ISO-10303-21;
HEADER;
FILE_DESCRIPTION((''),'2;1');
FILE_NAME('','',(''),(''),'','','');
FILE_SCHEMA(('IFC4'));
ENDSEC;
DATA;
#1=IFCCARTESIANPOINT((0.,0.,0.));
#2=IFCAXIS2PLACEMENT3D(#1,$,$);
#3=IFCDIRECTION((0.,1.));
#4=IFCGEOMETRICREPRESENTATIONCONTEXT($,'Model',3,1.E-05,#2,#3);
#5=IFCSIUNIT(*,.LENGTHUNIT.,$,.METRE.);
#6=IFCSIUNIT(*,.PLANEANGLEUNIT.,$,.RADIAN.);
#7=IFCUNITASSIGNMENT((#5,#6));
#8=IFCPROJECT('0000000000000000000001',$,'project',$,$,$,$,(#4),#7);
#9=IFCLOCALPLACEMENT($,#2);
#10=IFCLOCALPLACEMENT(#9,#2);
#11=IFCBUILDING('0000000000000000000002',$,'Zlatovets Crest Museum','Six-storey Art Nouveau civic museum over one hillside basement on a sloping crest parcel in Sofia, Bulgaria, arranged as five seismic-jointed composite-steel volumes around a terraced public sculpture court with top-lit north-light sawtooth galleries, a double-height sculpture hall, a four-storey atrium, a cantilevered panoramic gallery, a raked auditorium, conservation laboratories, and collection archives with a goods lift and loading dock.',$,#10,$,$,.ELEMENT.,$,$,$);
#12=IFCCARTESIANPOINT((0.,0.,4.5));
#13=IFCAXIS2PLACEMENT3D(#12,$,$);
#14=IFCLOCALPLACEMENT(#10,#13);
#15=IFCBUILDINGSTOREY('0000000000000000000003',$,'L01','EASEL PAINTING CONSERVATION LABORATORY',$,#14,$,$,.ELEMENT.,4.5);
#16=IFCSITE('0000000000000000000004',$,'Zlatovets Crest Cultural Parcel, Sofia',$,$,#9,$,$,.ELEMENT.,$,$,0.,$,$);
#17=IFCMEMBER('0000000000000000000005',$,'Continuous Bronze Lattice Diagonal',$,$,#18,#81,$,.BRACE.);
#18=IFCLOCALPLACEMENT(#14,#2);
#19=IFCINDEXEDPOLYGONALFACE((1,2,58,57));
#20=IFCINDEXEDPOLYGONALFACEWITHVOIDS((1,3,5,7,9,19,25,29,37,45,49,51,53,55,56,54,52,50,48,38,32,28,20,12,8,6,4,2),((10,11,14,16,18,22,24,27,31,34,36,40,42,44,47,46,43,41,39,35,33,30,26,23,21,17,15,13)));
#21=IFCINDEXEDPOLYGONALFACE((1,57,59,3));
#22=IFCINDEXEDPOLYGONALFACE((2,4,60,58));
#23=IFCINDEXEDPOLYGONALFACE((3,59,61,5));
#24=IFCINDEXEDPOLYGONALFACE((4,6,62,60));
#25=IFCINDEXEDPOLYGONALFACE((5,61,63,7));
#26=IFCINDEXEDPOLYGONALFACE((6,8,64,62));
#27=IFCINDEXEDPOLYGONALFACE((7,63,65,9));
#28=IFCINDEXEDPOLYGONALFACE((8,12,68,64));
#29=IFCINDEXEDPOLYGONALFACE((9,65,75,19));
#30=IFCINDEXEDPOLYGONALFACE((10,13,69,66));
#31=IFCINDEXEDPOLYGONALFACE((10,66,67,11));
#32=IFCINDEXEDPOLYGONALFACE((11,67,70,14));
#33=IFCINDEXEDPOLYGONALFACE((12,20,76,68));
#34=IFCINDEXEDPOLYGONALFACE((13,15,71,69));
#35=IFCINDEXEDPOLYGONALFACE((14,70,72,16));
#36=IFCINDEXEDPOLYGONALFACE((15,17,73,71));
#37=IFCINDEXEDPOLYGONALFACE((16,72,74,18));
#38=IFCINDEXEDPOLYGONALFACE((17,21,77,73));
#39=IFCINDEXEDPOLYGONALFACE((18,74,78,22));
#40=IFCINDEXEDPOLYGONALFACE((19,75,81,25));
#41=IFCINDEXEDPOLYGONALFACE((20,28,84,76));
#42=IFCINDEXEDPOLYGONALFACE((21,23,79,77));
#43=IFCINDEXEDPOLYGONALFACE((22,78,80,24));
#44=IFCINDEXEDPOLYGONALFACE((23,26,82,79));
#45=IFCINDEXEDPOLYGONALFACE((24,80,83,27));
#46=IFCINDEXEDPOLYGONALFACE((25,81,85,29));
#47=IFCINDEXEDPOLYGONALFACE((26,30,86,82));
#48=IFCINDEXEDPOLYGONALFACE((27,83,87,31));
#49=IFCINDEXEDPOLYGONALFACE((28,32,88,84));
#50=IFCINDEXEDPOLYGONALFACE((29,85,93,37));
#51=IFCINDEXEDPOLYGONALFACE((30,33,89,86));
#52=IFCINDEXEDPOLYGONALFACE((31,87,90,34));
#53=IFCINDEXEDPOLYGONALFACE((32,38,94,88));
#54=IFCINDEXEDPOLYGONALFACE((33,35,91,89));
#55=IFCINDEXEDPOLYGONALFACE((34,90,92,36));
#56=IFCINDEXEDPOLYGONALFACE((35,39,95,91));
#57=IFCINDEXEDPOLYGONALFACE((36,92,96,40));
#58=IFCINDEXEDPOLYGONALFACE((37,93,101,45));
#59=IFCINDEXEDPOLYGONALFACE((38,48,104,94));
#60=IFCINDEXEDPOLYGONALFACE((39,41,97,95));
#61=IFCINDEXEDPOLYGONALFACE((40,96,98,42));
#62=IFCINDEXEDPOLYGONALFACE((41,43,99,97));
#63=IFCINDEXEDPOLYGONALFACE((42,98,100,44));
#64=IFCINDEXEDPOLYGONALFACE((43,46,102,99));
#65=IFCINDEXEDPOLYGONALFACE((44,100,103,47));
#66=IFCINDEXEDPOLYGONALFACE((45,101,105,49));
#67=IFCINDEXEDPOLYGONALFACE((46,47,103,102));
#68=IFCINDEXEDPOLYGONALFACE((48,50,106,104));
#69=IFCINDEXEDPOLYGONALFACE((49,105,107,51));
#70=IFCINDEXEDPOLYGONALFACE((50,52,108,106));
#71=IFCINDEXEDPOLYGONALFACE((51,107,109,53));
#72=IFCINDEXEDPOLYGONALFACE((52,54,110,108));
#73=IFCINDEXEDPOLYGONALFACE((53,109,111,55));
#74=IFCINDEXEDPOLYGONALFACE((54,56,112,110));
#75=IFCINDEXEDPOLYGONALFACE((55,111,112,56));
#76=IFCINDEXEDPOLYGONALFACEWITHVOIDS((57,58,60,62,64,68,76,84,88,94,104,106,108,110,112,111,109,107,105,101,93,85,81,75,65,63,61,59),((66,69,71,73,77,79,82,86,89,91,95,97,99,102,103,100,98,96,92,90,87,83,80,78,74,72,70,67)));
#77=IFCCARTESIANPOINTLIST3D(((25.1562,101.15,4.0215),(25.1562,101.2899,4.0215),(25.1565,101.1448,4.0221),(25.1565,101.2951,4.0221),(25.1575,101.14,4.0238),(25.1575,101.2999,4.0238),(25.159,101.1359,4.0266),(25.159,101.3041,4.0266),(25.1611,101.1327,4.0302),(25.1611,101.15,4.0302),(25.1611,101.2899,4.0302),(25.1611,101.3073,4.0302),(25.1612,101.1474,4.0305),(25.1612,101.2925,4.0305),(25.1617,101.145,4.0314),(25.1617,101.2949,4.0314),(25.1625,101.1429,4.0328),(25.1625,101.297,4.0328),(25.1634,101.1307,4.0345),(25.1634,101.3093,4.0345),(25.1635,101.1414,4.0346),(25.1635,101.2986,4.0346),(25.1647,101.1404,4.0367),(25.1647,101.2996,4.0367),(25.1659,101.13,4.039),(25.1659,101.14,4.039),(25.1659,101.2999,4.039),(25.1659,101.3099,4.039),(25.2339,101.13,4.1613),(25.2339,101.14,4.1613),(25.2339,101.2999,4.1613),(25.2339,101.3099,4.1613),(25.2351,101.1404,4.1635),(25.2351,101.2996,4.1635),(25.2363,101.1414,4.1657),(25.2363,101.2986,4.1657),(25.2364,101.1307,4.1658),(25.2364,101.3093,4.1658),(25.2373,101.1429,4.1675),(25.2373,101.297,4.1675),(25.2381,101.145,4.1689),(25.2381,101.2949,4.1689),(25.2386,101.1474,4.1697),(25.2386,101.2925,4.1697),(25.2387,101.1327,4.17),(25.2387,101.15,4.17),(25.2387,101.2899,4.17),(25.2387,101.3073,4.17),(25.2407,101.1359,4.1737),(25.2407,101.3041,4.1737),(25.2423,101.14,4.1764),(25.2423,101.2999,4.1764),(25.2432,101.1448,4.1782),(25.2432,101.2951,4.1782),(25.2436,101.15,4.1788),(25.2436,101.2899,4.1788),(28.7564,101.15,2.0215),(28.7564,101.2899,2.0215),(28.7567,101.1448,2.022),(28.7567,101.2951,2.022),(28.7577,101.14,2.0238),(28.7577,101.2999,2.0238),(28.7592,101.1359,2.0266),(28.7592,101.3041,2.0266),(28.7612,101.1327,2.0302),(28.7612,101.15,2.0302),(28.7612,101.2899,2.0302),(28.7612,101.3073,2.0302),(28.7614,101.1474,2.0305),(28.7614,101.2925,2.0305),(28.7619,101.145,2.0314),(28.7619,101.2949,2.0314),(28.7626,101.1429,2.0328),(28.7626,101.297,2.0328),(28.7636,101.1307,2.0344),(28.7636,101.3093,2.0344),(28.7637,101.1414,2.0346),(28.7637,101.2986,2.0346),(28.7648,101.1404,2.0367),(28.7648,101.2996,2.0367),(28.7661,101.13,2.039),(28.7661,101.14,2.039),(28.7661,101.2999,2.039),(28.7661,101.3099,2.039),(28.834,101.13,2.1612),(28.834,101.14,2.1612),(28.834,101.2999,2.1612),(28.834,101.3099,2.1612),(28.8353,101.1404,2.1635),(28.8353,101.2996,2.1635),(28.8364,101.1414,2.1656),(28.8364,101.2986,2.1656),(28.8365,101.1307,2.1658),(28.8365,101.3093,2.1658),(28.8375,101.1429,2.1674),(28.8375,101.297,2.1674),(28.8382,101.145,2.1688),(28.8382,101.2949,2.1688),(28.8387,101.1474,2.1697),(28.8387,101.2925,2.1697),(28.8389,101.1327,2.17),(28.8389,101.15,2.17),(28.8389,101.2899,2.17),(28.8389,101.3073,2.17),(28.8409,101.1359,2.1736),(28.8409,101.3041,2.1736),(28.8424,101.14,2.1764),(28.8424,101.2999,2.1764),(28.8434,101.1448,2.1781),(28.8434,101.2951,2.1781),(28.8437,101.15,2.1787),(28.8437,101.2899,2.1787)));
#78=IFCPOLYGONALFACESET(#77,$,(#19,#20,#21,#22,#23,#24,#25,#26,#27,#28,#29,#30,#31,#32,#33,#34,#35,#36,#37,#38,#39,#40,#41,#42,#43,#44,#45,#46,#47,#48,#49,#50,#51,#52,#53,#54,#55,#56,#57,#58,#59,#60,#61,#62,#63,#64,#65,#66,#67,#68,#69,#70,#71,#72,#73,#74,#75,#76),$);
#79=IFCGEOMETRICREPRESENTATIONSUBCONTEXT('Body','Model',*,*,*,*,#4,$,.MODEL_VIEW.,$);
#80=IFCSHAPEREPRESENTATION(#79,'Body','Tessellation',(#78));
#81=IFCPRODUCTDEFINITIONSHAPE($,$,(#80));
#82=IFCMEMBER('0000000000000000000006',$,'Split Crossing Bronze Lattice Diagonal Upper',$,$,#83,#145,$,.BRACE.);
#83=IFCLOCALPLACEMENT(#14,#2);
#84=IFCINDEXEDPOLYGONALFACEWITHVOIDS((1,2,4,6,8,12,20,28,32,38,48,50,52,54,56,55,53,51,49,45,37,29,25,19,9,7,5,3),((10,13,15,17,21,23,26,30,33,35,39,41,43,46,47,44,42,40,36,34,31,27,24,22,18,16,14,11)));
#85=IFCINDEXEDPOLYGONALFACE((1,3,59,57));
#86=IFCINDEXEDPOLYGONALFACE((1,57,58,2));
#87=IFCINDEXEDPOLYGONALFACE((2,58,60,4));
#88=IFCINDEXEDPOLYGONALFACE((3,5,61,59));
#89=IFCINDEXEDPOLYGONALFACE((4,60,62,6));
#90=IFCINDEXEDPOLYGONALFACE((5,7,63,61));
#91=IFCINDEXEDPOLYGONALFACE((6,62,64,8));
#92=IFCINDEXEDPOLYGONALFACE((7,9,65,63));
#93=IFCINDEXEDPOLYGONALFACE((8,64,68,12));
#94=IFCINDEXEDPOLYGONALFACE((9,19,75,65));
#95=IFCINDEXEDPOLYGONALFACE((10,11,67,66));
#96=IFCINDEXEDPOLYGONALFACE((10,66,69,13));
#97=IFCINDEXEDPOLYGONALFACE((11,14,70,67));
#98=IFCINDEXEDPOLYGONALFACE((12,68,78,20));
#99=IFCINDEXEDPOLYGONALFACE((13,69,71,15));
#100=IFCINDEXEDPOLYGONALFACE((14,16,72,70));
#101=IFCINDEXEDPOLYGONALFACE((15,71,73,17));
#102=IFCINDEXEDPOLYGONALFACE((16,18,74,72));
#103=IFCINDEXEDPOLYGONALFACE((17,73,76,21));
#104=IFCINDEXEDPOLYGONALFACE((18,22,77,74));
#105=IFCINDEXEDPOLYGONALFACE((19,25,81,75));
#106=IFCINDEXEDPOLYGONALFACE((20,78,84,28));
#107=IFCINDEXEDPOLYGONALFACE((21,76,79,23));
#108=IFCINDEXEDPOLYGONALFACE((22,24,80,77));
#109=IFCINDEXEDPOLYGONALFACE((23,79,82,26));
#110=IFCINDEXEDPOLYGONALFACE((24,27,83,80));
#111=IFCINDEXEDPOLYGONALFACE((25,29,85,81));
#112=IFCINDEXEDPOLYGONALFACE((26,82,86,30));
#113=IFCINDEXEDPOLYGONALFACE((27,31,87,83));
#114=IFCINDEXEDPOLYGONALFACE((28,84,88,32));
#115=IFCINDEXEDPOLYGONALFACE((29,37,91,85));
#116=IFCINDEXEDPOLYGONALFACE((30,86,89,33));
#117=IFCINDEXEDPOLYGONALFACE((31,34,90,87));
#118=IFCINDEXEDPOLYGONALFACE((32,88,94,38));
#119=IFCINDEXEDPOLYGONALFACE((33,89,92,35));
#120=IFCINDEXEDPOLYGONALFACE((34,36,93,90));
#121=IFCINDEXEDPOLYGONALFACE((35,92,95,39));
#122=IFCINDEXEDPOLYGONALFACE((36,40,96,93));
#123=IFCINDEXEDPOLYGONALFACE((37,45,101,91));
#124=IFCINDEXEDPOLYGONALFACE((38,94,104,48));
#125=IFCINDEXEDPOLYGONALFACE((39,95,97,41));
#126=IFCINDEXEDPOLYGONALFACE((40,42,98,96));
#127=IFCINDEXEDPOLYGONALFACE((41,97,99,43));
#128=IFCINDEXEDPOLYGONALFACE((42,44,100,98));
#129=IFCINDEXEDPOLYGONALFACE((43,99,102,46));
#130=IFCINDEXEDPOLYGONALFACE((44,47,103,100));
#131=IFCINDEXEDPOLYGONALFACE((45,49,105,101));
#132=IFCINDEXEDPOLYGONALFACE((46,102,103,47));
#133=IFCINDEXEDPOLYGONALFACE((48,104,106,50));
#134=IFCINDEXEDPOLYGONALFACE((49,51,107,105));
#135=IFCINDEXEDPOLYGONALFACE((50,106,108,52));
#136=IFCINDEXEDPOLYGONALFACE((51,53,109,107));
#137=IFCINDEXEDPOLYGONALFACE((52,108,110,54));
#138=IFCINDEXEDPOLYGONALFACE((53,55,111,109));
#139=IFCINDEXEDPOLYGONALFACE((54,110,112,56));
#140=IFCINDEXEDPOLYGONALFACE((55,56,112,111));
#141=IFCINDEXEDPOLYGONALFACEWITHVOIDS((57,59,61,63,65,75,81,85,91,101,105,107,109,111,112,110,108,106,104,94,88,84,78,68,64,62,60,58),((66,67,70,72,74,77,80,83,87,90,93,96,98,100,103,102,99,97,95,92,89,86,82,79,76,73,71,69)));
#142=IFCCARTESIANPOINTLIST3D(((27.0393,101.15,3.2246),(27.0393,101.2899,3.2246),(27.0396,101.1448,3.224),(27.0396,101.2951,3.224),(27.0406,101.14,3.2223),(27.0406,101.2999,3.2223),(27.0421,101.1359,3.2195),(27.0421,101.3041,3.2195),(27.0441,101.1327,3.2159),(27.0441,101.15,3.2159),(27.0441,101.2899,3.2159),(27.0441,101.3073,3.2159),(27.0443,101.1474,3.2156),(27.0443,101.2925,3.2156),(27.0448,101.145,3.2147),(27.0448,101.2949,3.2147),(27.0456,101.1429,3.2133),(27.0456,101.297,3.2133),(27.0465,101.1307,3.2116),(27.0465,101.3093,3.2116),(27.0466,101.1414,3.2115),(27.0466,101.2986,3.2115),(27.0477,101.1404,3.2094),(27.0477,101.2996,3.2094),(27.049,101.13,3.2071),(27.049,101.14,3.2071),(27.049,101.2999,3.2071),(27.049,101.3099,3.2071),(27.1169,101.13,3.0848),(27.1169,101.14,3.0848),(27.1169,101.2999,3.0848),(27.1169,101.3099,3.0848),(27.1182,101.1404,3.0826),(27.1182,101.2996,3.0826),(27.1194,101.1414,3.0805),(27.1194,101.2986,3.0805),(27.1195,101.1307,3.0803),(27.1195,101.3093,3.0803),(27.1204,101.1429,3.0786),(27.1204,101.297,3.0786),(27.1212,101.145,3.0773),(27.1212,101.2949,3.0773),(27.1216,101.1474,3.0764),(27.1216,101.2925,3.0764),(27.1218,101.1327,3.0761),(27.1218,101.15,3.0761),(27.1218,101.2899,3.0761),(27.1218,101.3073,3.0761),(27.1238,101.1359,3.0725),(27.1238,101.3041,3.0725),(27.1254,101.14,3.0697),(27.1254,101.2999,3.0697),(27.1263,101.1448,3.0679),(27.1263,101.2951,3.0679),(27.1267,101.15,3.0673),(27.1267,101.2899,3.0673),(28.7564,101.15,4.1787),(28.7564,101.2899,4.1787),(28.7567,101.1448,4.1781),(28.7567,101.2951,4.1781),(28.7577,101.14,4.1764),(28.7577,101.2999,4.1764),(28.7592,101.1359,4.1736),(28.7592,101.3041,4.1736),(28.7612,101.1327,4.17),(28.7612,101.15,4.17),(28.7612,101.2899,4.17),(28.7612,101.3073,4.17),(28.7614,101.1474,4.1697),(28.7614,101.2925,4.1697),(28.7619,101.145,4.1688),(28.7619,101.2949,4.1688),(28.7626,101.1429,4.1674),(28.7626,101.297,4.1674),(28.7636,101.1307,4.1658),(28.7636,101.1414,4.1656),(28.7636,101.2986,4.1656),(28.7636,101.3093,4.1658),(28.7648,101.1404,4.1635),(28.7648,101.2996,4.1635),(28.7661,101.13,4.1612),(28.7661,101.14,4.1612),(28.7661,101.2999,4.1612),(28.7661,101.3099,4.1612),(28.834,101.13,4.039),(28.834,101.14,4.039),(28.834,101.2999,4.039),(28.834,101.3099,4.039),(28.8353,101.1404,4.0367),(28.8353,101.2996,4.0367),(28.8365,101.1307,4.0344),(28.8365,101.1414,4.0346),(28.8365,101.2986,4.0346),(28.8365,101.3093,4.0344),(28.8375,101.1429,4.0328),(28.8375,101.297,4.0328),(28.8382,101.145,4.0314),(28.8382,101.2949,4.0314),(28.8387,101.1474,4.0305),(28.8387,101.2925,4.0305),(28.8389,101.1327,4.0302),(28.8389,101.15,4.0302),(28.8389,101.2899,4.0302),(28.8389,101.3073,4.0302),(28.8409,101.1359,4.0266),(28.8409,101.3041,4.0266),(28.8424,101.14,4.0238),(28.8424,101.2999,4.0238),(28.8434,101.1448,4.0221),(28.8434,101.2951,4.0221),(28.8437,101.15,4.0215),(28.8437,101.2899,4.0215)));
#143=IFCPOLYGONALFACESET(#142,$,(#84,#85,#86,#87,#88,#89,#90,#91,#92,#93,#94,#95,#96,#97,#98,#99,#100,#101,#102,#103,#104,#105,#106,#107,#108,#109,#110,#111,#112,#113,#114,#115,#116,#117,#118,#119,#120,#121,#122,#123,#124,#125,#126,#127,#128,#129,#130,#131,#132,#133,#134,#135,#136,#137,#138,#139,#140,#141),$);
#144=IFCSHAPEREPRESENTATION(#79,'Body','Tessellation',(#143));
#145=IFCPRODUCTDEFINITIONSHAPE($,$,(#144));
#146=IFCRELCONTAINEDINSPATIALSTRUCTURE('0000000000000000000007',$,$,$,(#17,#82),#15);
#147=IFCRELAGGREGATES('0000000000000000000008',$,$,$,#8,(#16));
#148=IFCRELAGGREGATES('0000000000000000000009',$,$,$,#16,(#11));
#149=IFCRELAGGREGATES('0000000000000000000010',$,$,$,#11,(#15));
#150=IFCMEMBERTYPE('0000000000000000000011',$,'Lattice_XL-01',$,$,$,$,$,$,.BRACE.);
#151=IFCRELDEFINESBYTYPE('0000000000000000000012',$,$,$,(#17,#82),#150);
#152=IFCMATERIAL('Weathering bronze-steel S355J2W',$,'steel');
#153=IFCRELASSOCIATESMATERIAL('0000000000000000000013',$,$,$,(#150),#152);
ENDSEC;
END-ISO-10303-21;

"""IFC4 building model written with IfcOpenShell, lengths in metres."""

from ifc_helpers import new_model, si_unit, direction, frame, origin, origin_2d, place, context, subcontext, project, spatial, hollow_rectangle, extrude, material, material_profile, profile_set, type_object, element, save


model = new_model("IFC4")

# Units and contexts
model_context = context("Model", 3, precision=1e-05, world=origin(), true_north=direction((0.0, 1.0)))
body_context = subcontext(model_context, "Body", "Model", "MODEL_VIEW")
ifc_project = project(units=[si_unit("LENGTHUNIT", "METRE"), si_unit("PLANEANGLEUNIT", "RADIAN")], contexts=[model_context])

# Site, building, storey
site_placement = place(None, origin())
site = spatial("IfcSite", under=ifc_project, at=site_placement, Name="Zlatovets Crest Cultural Parcel, Sofia", CompositionType="ELEMENT", RefElevation=0.0)
building_placement = place(site_placement, origin())
building = spatial("IfcBuilding", under=site, at=building_placement, Name="Zlatovets Crest Museum", Description="Six-storey Art Nouveau civic museum over one hillside basement on a sloping crest parcel in Sofia, Bulgaria, arranged as five seismic-jointed composite-steel volumes around a terraced public sculpture court with top-lit north-light sawtooth galleries, a double-height sculpture hall, a four-storey atrium, a cantilevered panoramic gallery, a raked auditorium, conservation laboratories, and collection archives with a goods lift and loading dock.", CompositionType="ELEMENT")
storey_placement = place(building_placement, frame((0.0, 0.0, 4.5)))
storey = spatial("IfcBuildingStorey", under=building, at=storey_placement, Name="L01", Description="EASEL PAINTING CONSERVATION LABORATORY", CompositionType="ELEMENT", Elevation=4.5)

# Members
ifc_material_1 = material(Name="Weathering bronze-steel S355J2W", Category="steel")
ifc_material_profile_1 = material_profile(ifc_material_1, hollow_rectangle(XDim=0.1799, YDim=0.1799, WallThickness=0.01, InnerFilletRadius=0.01, OuterFilletRadius=0.02, at=origin_2d()), Name="SHS 180x180x10.0")
ifc_profile_set_1 = profile_set([ifc_material_profile_1], Name="Weathering bronze-steel S355J2W")
member_type_1 = type_object("IfcMemberType", Name="Lattice_XL-01", PredefinedType="BRACE", material=ifc_profile_set_1)
member_1_placement = place(storey_placement, frame((28.8, 101.22, 2.1001), z_axis=(-0.874163, 0.0, 0.485633), x_axis=(0.0, -1.0, 0.0)))
element("IfcMember", 1, at=member_1_placement, inside=storey, type_object=member_type_1, Name="Continuous Bronze Lattice Diagonal", PredefinedType="BRACE", context=body_context, shape_type="SweptSolid", body=[
    extrude(hollow_rectangle(XDim=0.1799, YDim=0.1799, WallThickness=0.01, InnerFilletRadius=0.01, OuterFilletRadius=0.02, at=origin_2d()), origin(), (0.0, 0.0, 1.0), 4.1184),
])
member_2_placement = place(storey_placement, frame((28.8, 101.22, 4.1001), z_axis=(-0.874116, 0.0, -0.485717), x_axis=(0.0, -1.0, 0.0)))
element("IfcMember", 2, at=member_2_placement, inside=storey, type_object=member_type_1, Name="Split Crossing Bronze Lattice Diagonal Upper", PredefinedType="BRACE", context=body_context, shape_type="SweptSolid", body=[
    extrude(hollow_rectangle(XDim=0.1799, YDim=0.1799, WallThickness=0.01, InnerFilletRadius=0.01, OuterFilletRadius=0.02, at=origin_2d()), origin(), (0.0, 0.0, 1.0), 1.9644),
])

save(model, "model.ifc")
